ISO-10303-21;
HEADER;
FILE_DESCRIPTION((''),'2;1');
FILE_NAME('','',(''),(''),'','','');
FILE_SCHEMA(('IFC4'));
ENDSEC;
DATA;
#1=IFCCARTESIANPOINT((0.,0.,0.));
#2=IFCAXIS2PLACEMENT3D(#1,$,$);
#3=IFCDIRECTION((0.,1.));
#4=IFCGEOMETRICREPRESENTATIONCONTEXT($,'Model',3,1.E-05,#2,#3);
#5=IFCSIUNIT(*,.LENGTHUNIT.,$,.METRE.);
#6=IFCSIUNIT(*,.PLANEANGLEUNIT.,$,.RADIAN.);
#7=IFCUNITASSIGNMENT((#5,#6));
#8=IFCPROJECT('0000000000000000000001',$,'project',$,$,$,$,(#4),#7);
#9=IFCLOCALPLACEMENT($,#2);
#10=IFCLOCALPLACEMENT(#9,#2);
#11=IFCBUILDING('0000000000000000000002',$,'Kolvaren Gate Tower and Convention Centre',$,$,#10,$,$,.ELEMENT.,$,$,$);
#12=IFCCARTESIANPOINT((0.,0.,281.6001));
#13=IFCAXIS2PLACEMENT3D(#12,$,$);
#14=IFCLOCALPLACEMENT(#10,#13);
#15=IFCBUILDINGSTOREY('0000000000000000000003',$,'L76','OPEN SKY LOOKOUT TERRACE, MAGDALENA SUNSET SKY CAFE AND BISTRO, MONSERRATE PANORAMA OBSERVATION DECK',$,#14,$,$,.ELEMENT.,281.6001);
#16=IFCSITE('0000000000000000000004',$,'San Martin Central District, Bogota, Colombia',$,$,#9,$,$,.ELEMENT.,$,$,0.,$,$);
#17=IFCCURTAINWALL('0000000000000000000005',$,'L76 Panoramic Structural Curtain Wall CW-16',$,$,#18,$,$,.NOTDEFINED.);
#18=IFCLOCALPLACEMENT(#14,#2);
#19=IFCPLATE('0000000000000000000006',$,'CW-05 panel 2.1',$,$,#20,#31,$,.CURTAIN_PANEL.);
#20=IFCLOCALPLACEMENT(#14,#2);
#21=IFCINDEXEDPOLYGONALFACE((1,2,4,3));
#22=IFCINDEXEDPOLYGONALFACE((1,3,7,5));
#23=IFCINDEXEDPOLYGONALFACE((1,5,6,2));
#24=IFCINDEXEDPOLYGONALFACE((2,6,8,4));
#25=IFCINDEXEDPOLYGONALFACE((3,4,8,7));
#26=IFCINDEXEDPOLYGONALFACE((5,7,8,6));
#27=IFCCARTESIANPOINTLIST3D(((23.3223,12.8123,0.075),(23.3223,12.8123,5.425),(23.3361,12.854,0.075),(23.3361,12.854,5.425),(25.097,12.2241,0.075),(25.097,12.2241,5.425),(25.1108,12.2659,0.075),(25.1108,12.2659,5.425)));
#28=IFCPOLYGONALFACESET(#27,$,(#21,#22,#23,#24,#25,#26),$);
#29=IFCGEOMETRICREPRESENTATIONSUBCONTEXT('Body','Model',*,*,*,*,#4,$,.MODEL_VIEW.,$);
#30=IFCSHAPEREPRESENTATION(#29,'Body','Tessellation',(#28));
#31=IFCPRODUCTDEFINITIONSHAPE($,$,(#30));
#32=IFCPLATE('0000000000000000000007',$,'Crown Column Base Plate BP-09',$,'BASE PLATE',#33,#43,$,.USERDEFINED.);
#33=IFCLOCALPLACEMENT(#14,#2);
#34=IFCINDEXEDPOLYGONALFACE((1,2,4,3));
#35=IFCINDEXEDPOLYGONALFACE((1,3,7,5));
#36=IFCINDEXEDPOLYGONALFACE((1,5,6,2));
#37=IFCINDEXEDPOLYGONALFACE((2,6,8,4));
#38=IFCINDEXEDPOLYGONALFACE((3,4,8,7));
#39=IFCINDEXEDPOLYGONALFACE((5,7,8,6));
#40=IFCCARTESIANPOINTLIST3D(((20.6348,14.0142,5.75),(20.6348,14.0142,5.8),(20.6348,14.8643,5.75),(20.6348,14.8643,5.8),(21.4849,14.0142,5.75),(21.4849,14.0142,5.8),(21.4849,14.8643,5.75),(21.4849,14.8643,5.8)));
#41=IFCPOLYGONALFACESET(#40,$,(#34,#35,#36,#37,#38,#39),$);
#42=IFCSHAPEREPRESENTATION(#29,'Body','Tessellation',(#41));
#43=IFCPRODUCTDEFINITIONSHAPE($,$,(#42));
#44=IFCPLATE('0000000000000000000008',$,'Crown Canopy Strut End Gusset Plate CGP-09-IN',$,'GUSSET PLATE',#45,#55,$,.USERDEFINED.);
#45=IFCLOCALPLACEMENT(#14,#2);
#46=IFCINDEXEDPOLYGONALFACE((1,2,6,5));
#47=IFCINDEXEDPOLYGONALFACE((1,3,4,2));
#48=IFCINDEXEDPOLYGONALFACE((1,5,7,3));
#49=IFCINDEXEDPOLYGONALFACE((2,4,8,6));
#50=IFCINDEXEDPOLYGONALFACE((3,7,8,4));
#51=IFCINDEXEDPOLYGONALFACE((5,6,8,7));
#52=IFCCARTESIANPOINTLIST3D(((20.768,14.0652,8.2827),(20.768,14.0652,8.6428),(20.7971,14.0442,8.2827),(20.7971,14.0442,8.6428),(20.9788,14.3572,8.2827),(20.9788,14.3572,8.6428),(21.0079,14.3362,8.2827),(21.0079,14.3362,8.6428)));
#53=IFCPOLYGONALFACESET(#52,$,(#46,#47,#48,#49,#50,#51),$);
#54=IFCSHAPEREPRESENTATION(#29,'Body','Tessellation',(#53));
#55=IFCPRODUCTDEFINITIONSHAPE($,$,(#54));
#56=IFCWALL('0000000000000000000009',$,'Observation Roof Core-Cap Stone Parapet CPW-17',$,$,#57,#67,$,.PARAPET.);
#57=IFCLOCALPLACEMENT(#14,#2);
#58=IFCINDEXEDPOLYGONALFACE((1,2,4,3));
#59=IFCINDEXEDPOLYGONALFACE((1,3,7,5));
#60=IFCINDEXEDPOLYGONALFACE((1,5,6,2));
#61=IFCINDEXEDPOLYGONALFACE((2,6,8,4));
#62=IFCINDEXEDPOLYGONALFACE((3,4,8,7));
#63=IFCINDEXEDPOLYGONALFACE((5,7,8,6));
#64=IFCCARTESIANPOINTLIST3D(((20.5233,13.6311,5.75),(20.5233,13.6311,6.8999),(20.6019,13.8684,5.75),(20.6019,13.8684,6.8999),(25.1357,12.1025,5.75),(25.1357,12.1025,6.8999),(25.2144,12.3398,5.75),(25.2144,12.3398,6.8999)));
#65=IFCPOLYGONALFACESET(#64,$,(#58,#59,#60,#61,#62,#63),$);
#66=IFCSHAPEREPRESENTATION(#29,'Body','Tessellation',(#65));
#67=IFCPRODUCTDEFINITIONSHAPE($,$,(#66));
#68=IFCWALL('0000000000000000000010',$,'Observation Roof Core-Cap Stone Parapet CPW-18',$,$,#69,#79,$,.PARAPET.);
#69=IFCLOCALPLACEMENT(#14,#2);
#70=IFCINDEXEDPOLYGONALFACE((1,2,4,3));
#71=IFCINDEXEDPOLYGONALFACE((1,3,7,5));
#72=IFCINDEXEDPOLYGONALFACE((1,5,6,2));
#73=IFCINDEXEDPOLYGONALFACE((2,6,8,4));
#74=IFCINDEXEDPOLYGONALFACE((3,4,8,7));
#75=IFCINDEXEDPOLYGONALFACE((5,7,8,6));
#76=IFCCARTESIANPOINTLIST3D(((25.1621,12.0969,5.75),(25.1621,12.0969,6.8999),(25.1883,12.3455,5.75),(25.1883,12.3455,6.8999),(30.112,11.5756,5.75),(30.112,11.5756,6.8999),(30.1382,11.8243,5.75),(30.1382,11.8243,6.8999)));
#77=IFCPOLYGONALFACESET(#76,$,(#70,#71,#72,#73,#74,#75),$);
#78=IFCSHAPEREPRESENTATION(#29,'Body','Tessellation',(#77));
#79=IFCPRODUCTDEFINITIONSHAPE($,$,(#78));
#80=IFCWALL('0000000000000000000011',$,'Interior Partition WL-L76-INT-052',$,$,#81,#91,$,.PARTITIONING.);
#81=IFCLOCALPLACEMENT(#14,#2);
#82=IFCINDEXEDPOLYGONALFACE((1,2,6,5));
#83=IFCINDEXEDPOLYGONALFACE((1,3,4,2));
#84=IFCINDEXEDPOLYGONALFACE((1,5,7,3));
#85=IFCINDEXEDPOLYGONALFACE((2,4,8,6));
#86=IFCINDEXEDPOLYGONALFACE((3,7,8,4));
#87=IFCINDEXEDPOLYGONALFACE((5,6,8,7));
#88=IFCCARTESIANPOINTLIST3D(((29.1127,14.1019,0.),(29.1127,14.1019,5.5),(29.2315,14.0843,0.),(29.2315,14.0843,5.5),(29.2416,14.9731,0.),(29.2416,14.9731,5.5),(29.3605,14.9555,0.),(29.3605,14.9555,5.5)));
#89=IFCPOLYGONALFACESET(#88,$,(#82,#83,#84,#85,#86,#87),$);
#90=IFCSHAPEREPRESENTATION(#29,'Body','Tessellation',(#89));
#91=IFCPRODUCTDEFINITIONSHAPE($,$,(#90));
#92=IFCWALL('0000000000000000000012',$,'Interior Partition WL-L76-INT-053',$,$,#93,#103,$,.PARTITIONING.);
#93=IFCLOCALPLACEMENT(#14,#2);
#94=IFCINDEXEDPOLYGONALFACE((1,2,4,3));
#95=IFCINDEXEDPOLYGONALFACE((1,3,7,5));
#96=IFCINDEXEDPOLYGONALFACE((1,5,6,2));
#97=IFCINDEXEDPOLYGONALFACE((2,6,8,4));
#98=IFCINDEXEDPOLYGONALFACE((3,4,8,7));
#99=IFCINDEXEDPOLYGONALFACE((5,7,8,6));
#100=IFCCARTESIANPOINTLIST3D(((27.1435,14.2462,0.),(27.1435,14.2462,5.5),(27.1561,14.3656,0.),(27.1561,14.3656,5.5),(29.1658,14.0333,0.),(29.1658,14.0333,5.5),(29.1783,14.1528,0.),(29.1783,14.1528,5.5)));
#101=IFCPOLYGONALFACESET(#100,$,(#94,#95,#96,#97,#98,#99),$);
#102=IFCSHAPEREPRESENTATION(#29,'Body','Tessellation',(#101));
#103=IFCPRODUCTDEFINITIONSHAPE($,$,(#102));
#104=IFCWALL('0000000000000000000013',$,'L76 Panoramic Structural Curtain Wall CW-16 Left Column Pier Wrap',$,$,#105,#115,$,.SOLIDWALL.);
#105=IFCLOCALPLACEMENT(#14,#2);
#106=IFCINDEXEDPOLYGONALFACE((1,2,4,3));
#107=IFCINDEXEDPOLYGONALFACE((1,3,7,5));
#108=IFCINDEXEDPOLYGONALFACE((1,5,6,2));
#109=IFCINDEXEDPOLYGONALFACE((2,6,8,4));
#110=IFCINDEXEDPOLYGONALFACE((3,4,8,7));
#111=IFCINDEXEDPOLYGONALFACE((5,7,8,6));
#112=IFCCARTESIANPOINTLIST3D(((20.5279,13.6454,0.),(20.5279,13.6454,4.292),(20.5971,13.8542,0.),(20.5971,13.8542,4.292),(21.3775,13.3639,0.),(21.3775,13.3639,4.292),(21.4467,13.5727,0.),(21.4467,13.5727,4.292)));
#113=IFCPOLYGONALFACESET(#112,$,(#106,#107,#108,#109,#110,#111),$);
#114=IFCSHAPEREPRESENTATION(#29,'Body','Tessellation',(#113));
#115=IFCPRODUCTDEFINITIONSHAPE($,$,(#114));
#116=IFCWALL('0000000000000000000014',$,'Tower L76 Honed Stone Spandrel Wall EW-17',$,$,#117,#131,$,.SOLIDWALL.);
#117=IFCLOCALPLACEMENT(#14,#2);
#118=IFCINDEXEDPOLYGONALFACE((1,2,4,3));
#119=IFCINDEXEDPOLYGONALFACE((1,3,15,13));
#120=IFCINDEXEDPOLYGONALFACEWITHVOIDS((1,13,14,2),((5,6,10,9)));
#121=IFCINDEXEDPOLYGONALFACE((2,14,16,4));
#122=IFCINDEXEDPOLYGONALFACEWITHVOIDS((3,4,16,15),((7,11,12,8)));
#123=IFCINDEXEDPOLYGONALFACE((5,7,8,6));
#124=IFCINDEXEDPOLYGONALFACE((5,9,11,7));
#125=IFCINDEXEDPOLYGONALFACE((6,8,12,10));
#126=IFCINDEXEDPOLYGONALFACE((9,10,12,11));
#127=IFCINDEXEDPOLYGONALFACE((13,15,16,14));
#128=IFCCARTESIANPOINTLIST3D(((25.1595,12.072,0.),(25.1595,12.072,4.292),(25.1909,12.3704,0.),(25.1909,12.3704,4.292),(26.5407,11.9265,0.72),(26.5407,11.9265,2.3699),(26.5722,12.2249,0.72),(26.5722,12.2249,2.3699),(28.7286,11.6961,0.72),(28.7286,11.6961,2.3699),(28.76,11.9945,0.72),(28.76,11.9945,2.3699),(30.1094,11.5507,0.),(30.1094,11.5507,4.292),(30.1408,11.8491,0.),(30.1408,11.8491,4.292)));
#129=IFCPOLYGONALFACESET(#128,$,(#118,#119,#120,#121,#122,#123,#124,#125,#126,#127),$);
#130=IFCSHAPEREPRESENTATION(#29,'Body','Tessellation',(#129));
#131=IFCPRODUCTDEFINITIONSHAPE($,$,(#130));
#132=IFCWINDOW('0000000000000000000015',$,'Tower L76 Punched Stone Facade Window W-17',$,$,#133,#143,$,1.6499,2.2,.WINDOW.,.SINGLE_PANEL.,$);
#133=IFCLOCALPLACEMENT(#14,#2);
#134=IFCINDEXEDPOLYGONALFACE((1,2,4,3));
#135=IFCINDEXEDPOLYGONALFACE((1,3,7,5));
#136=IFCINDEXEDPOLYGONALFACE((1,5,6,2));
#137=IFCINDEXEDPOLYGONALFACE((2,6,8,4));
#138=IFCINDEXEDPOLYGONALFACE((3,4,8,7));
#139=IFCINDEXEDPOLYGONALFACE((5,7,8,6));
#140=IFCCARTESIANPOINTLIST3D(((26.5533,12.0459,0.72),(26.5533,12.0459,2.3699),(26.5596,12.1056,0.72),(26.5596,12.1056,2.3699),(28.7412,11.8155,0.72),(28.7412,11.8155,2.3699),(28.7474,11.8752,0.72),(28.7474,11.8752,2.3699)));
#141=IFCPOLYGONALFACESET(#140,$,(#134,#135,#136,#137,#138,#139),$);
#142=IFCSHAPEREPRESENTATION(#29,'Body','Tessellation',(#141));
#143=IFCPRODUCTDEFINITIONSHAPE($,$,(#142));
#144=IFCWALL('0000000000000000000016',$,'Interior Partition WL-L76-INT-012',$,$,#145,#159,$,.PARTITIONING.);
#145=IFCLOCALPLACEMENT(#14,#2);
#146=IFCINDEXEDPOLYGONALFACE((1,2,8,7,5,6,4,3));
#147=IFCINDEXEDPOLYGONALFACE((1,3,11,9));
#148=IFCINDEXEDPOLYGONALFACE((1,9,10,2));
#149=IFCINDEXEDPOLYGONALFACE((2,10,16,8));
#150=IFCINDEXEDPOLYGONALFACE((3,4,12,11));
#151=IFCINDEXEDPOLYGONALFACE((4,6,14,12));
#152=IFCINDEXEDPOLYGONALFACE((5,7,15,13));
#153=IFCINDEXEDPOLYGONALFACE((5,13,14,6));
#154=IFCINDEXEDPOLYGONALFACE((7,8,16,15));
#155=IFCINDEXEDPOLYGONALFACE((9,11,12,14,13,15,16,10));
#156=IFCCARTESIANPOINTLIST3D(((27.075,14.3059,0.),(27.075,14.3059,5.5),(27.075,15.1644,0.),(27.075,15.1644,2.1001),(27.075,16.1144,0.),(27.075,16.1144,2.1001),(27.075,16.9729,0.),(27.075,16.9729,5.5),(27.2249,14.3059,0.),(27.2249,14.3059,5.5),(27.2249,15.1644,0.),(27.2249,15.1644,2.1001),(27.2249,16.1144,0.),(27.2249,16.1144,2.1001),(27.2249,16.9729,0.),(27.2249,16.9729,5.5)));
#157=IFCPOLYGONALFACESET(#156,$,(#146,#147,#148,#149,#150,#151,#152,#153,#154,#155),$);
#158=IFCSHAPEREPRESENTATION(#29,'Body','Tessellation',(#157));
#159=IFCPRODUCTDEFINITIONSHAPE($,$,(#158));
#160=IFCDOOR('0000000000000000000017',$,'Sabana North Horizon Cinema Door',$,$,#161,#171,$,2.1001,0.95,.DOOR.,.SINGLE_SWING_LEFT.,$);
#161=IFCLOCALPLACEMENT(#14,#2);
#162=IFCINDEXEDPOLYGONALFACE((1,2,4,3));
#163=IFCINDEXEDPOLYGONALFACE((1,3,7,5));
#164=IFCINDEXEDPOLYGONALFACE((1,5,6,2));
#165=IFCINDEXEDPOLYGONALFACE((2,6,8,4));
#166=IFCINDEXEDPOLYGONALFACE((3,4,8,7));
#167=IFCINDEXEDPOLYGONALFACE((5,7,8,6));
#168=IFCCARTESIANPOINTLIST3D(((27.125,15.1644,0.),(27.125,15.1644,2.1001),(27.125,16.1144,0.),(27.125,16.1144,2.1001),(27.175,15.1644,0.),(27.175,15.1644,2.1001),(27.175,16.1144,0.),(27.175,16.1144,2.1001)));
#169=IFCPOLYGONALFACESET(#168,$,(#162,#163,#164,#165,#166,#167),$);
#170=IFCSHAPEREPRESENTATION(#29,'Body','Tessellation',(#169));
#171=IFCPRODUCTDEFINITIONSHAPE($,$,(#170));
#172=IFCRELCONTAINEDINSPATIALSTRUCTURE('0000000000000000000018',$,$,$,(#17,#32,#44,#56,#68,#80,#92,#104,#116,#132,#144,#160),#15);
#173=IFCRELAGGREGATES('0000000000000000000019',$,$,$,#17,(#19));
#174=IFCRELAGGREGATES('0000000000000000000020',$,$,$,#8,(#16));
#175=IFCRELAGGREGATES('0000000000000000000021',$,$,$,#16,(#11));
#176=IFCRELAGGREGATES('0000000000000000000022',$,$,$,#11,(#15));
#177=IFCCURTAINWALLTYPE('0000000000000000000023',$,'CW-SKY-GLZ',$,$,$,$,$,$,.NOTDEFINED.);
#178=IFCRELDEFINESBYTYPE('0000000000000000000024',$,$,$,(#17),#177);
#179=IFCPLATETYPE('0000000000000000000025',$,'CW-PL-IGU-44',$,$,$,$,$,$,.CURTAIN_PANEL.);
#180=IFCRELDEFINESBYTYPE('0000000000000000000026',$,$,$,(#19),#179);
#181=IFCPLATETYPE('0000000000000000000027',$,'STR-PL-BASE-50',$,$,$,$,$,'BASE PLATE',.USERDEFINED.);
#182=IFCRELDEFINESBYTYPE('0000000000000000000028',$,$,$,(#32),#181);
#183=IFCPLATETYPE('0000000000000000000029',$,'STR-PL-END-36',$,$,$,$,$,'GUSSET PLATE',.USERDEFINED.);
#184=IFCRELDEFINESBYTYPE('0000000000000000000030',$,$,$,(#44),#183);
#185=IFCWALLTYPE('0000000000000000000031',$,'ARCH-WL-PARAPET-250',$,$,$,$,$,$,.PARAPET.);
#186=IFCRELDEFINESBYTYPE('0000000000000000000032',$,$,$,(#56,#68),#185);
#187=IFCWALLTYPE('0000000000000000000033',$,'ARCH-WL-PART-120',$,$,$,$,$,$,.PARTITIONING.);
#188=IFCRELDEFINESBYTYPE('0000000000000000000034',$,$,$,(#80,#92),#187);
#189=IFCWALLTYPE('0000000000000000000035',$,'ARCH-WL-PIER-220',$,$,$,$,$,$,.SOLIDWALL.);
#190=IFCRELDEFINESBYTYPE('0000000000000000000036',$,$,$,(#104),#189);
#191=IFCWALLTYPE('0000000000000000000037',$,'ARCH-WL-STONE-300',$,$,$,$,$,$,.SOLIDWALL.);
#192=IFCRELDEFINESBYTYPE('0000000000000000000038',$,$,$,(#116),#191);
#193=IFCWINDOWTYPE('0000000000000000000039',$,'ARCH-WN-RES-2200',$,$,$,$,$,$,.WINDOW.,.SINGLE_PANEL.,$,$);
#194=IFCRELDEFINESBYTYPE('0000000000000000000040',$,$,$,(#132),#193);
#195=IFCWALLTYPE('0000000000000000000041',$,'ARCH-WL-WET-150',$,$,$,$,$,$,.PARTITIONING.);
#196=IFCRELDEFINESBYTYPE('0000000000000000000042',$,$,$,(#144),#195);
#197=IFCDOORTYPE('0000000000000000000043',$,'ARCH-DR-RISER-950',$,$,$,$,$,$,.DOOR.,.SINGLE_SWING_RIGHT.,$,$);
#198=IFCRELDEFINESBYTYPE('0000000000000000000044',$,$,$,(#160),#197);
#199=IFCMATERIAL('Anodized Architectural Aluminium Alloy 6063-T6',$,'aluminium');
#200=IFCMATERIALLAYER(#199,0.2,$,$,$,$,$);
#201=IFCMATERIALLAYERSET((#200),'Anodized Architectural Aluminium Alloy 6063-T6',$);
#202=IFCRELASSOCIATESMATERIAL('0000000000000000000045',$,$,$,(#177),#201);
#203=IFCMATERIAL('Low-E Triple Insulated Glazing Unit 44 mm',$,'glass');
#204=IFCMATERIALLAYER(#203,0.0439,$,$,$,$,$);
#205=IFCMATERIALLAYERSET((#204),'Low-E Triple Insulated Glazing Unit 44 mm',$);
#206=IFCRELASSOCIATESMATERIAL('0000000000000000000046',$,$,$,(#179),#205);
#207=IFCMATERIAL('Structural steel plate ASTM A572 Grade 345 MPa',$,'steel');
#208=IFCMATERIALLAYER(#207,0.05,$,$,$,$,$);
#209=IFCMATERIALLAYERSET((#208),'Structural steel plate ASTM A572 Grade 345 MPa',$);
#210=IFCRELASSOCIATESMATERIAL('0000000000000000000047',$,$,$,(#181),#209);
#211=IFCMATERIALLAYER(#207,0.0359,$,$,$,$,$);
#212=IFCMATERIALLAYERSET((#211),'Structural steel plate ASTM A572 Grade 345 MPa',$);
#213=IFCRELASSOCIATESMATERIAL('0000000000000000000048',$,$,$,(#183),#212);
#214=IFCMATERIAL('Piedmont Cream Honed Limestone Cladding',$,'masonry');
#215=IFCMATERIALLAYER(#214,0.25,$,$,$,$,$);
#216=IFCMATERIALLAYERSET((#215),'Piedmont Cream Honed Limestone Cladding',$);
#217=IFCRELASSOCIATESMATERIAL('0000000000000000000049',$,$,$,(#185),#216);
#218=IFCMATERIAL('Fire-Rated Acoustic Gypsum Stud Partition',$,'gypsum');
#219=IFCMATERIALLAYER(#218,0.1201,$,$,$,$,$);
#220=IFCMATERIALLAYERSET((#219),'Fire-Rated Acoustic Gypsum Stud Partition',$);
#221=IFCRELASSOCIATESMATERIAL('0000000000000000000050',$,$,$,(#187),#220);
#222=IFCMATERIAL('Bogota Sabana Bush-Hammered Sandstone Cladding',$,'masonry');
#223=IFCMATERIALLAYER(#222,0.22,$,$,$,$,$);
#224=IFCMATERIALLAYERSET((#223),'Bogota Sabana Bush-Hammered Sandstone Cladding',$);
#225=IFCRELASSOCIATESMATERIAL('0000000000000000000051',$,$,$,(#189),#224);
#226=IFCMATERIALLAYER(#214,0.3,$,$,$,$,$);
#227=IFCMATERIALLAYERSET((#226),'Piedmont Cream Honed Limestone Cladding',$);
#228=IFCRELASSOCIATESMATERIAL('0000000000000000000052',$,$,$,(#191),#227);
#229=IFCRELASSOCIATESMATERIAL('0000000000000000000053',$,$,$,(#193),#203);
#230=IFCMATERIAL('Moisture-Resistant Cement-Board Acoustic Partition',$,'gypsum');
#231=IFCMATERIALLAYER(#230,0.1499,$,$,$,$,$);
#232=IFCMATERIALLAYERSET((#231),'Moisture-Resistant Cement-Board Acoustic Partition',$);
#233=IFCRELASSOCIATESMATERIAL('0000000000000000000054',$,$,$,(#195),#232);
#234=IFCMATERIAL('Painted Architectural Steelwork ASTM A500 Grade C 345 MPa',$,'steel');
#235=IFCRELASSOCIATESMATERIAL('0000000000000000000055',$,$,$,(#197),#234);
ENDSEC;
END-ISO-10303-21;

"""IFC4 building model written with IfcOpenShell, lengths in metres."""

from ifc_helpers import new_model, si_unit, direction, frame, frame_2d, origin, origin_2d, place, context, subcontext, project, spatial, rectangle, extrude, material, layer, layer_set, type_object, element, fill, aggregate, save


model = new_model("IFC4")

# Units and contexts
model_context = context("Model", 3, precision=1e-05, world=origin(), true_north=direction((0.0, 1.0)))
body_context = subcontext(model_context, "Body", "Model", "MODEL_VIEW")
ifc_project = project(units=[si_unit("LENGTHUNIT", "METRE"), si_unit("PLANEANGLEUNIT", "RADIAN")], contexts=[model_context])

# Site, building, storey
site_placement = place(None, origin())
site = spatial("IfcSite", under=ifc_project, at=site_placement, Name="San Martin Central District, Bogota, Colombia", CompositionType="ELEMENT", RefElevation=0.0)
building_placement = place(site_placement, origin())
building = spatial("IfcBuilding", under=site, at=building_placement, Name="Kolvaren Gate Tower and Convention Centre", CompositionType="ELEMENT")
storey_placement = place(building_placement, frame((0.0, 0.0, 281.6001)))
storey = spatial("IfcBuildingStorey", under=building, at=storey_placement, Name="L76", Description="OPEN SKY LOOKOUT TERRACE, MAGDALENA SUNSET SKY CAFE AND BISTRO, MONSERRATE PANORAMA OBSERVATION DECK", CompositionType="ELEMENT", Elevation=281.6001)

# Curtain wall
ifc_material_1 = material(Name="Anodized Architectural Aluminium Alloy 6063-T6", Category="aluminium")
ifc_layer_1 = layer(ifc_material_1, 0.2)
ifc_layer_set_1 = layer_set([ifc_layer_1], Name="Anodized Architectural Aluminium Alloy 6063-T6")
curtain_wall_type = type_object("IfcCurtainWallType", Name="CW-SKY-GLZ", PredefinedType="NOTDEFINED", material=ifc_layer_set_1)
curtain_wall_placement = place(storey_placement, origin())
curtain_wall = element("IfcCurtainWall", 1, at=curtain_wall_placement, inside=storey, type_object=curtain_wall_type, Name="L76 Panoramic Structural Curtain Wall CW-16", PredefinedType="NOTDEFINED")

# Plate
ifc_material_2 = material(Name="Low-E Triple Insulated Glazing Unit 44 mm", Category="glass")
ifc_layer_2 = layer(ifc_material_2, 0.0439)
ifc_layer_set_2 = layer_set([ifc_layer_2], Name="Low-E Triple Insulated Glazing Unit 44 mm")
plate_type_1 = type_object("IfcPlateType", Name="CW-PL-IGU-44", PredefinedType="CURTAIN_PANEL", material=ifc_layer_set_2)
plate_1_placement = place(storey_placement, frame((24.2166, 12.5391, 0.075), z_axis=(0.0, 0.0, 1.0), x_axis=(0.949237, -0.314562, 0.0)))
plate_1 = element("IfcPlate", 2, at=plate_1_placement, type_object=plate_type_1, Name="CW-05 panel 2.1", PredefinedType="CURTAIN_PANEL", context=body_context, shape_type="SweptSolid", body=[
    extrude(rectangle(XDim=1.8696, YDim=0.0439, at=origin_2d()), origin(), (0.0, 0.0, 1.0), 5.3501),
])
aggregate(curtain_wall, [plate_1])

# Plates
ifc_material_3 = material(Name="Structural steel plate ASTM A572 Grade 345 MPa", Category="steel")
ifc_layer_3 = layer(ifc_material_3, 0.05)
ifc_layer_set_3 = layer_set([ifc_layer_3], Name="Structural steel plate ASTM A572 Grade 345 MPa")
plate_type_2 = type_object("IfcPlateType", Name="STR-PL-BASE-50", ElementType="BASE PLATE", PredefinedType="USERDEFINED", material=ifc_layer_set_3)
plate_2_placement = place(storey_placement, frame((21.0598, 14.4392, 5.75), z_axis=(0.0, 0.0, 1.0), x_axis=(1.0, 0.0, 0.0)))
element("IfcPlate", 3, at=plate_2_placement, inside=storey, type_object=plate_type_2, Name="Crown Column Base Plate BP-09", ObjectType="BASE PLATE", PredefinedType="USERDEFINED", context=body_context, shape_type="SweptSolid", body=[
    extrude(rectangle(XDim=0.8501, YDim=0.8501, at=origin_2d()), origin(), (0.0, 0.0, 1.0), 0.05),
])
ifc_layer_4 = layer(ifc_material_3, 0.0359)
ifc_layer_set_4 = layer_set([ifc_layer_4], Name="Structural steel plate ASTM A572 Grade 345 MPa")
plate_type_3 = type_object("IfcPlateType", Name="STR-PL-END-36", ElementType="GUSSET PLATE", PredefinedType="USERDEFINED", material=ifc_layer_set_4)
plate_3_placement = place(storey_placement, frame((20.8879, 14.2007, 8.2827), z_axis=(0.0, 0.0, 1.0), x_axis=(-0.585186, -0.810899, 0.0)))
element("IfcPlate", 4, at=plate_3_placement, inside=storey, type_object=plate_type_3, Name="Crown Canopy Strut End Gusset Plate CGP-09-IN", ObjectType="GUSSET PLATE", PredefinedType="USERDEFINED", context=body_context, shape_type="SweptSolid", body=[
    extrude(rectangle(XDim=0.3601, YDim=0.0359, at=origin_2d()), origin(), (0.0, 0.0, 1.0), 0.3601),
])

# Walls
ifc_material_4 = material(Name="Piedmont Cream Honed Limestone Cladding", Category="masonry")
ifc_layer_5 = layer(ifc_material_4, 0.25)
ifc_layer_set_5 = layer_set([ifc_layer_5], Name="Piedmont Cream Honed Limestone Cladding")
wall_type_1 = type_object("IfcWallType", Name="ARCH-WL-PARAPET-250", PredefinedType="PARAPET", material=ifc_layer_set_5)
wall_1_placement = place(storey_placement, frame((20.5625, 13.7498, 5.75), z_axis=(0.0, 0.0, 1.0), x_axis=(0.949235, -0.314569, 0.0)))
element("IfcWall", 5, at=wall_1_placement, inside=storey, type_object=wall_type_1, Name="Observation Roof Core-Cap Stone Parapet CPW-17", PredefinedType="PARAPET", context=body_context, shape_type="SweptSolid", body=[
    extrude(rectangle(XDim=4.8591, YDim=0.25, at=frame_2d((2.4297, 0.0))), origin(), (0.0, 0.0, 1.0), 1.1499),
])
wall_2_placement = place(storey_placement, frame((25.175, 12.2212, 5.75), z_axis=(0.0, 0.0, 1.0), x_axis=(0.994501, -0.104723, 0.0)))
element("IfcWall", 6, at=wall_2_placement, inside=storey, type_object=wall_type_1, Name="Observation Roof Core-Cap Stone Parapet CPW-18", PredefinedType="PARAPET", context=body_context, shape_type="SweptSolid", body=[
    extrude(rectangle(XDim=4.9773, YDim=0.25, at=frame_2d((2.4888, 0.0))), origin(), (0.0, 0.0, 1.0), 1.1499),
])
ifc_material_5 = material(Name="Fire-Rated Acoustic Gypsum Stud Partition", Category="gypsum")
ifc_layer_6 = layer(ifc_material_5, 0.1201)
ifc_layer_set_6 = layer_set([ifc_layer_6], Name="Fire-Rated Acoustic Gypsum Stud Partition")
wall_type_2 = type_object("IfcWallType", Name="ARCH-WL-PART-120", PredefinedType="PARTITIONING", material=ifc_layer_set_6)
wall_3_placement = place(storey_placement, frame((29.1721, 14.093, 0.0), z_axis=(0.0, 0.0, 1.0), x_axis=(0.146388, 0.989227, 0.0)))
element("IfcWall", 7, at=wall_3_placement, inside=storey, type_object=wall_type_2, Name="Interior Partition WL-L76-INT-052", PredefinedType="PARTITIONING", context=body_context, shape_type="SweptSolid", body=[
    extrude(rectangle(XDim=0.8806, YDim=0.1201, at=frame_2d((0.4404, 0.0))), origin(), (0.0, 0.0, 1.0), 5.5),
])
wall_4_placement = place(storey_placement, frame((27.1499, 14.3059, 0.0), z_axis=(0.0, 0.0, 1.0), x_axis=(0.994504, -0.104697, 0.0)))
element("IfcWall", 8, at=wall_4_placement, inside=storey, type_object=wall_type_2, Name="Interior Partition WL-L76-INT-053", PredefinedType="PARTITIONING", context=body_context, shape_type="SweptSolid", body=[
    extrude(rectangle(XDim=2.0334, YDim=0.1201, at=frame_2d((1.0166, 0.0))), origin(), (0.0, 0.0, 1.0), 5.5),
])
ifc_material_6 = material(Name="Bogota Sabana Bush-Hammered Sandstone Cladding", Category="masonry")
ifc_layer_7 = layer(ifc_material_6, 0.22)
ifc_layer_set_7 = layer_set([ifc_layer_7], Name="Bogota Sabana Bush-Hammered Sandstone Cladding")
wall_type_3 = type_object("IfcWallType", Name="ARCH-WL-PIER-220", PredefinedType="SOLIDWALL", material=ifc_layer_set_7)
wall_5_placement = place(storey_placement, frame((20.5625, 13.7498, 0.0), z_axis=(0.0, 0.0, 1.0), x_axis=(0.949255, -0.314509, 0.0)))
element("IfcWall", 9, at=wall_5_placement, inside=storey, type_object=wall_type_3, Name="L76 Panoramic Structural Curtain Wall CW-16 Left Column Pier Wrap", PredefinedType="SOLIDWALL", context=body_context, shape_type="SweptSolid", body=[
    extrude(rectangle(XDim=0.895, YDim=0.22, at=frame_2d((0.4475, 0.0))), origin(), (0.0, 0.0, 1.0), 4.292),
])

# Wall, opening, window
ifc_layer_8 = layer(ifc_material_4, 0.3)
ifc_layer_set_8 = layer_set([ifc_layer_8], Name="Piedmont Cream Honed Limestone Cladding")
wall_type_4 = type_object("IfcWallType", Name="ARCH-WL-STONE-300", PredefinedType="SOLIDWALL", material=ifc_layer_set_8)
wall_6_placement = place(storey_placement, frame((25.175, 12.2212, 0.0), z_axis=(0.0, 0.0, 1.0), x_axis=(0.994501, -0.104723, 0.0)))
wall_6 = element("IfcWall", 10, at=wall_6_placement, inside=storey, type_object=wall_type_4, Name="Tower L76 Honed Stone Spandrel Wall EW-17", PredefinedType="SOLIDWALL", context=body_context, shape_type="SweptSolid", body=[
    extrude(rectangle(XDim=4.9773, YDim=0.3, at=frame_2d((2.4888, 0.0))), origin(), (0.0, 0.0, 1.0), 4.292),
])
opening_1_placement = place(wall_6_placement, frame((1.3889, 0.0, 0.72)))
opening_1 = element("IfcOpeningElement", 11, at=opening_1_placement, cuts=wall_6, PredefinedType="OPENING", context=body_context, shape_type="SweptSolid", body=[
    extrude(rectangle(XDim=2.2, YDim=1.6499, at=frame_2d((1.1001, 0.825))), frame((0.0, 0.1599, 0.0), z_axis=(0.0, -1.0, 0.0), x_axis=(1.0, 0.0, 0.0)), (0.0, 0.0, 1.0), 0.3201),
])
window_type = type_object("IfcWindowType", Name="ARCH-WN-RES-2200", PartitioningType="SINGLE_PANEL", PredefinedType="WINDOW", material=ifc_material_2)
window_placement = place(opening_1_placement, origin())
window = element("IfcWindow", 12, at=window_placement, inside=storey, type_object=window_type, Name="Tower L76 Punched Stone Facade Window W-17", OverallHeight=1.6499, OverallWidth=2.2, PartitioningType="SINGLE_PANEL", PredefinedType="WINDOW", context=body_context, shape_type="SweptSolid", body=[
    extrude(rectangle(XDim=2.2, YDim=1.6499, at=frame_2d((1.1001, 0.825))), frame((0.0, 0.03, 0.0), z_axis=(0.0, -1.0, 0.0), x_axis=(1.0, 0.0, 0.0)), (0.0, 0.0, 1.0), 0.0601),
])
fill(opening_1, window)

# Wall, opening, door
ifc_material_7 = material(Name="Moisture-Resistant Cement-Board Acoustic Partition", Category="gypsum")
ifc_layer_9 = layer(ifc_material_7, 0.1499)
ifc_layer_set_9 = layer_set([ifc_layer_9], Name="Moisture-Resistant Cement-Board Acoustic Partition")
wall_type_5 = type_object("IfcWallType", Name="ARCH-WL-WET-150", PredefinedType="PARTITIONING", material=ifc_layer_set_9)
wall_7_placement = place(storey_placement, frame((27.1499, 14.3059, 0.0), z_axis=(0.0, 0.0, 1.0), x_axis=(0.0, 1.0, 0.0)))
wall_7 = element("IfcWall", 13, at=wall_7_placement, inside=storey, type_object=wall_type_5, Name="Interior Partition WL-L76-INT-012", PredefinedType="PARTITIONING", context=body_context, shape_type="SweptSolid", body=[
    extrude(rectangle(XDim=2.667, YDim=0.1499, at=frame_2d((1.3335, 0.0))), origin(), (0.0, 0.0, 1.0), 5.5),
])
opening_2_placement = place(wall_7_placement, frame((0.8584, 0.0, 0.0)))
opening_2 = element("IfcOpeningElement", 14, at=opening_2_placement, cuts=wall_7, PredefinedType="OPENING", context=body_context, shape_type="SweptSolid", body=[
    extrude(rectangle(XDim=0.95, YDim=2.1001, at=frame_2d((0.4751, 1.05))), frame((0.0, 0.085, 0.0), z_axis=(0.0, -1.0, 0.0), x_axis=(1.0, 0.0, 0.0)), (0.0, 0.0, 1.0), 0.1699),
])
ifc_material_8 = material(Name="Painted Architectural Steelwork ASTM A500 Grade C 345 MPa", Category="steel")
door_type = type_object("IfcDoorType", Name="ARCH-DR-RISER-950", OperationType="SINGLE_SWING_RIGHT", PredefinedType="DOOR", material=ifc_material_8)
door_placement = place(opening_2_placement, origin())
door = element("IfcDoor", 15, at=door_placement, inside=storey, type_object=door_type, Name="Sabana North Horizon Cinema Door", OperationType="SINGLE_SWING_LEFT", OverallHeight=2.1001, OverallWidth=0.95, PredefinedType="DOOR", context=body_context, shape_type="SweptSolid", body=[
    extrude(rectangle(XDim=0.95, YDim=2.1001, at=frame_2d((0.4751, 1.05))), frame((0.0, 0.0249, 0.0), z_axis=(0.0, -1.0, 0.0), x_axis=(1.0, 0.0, 0.0)), (0.0, 0.0, 1.0), 0.05),
])
fill(opening_2, door)

save(model, "model.ifc")
